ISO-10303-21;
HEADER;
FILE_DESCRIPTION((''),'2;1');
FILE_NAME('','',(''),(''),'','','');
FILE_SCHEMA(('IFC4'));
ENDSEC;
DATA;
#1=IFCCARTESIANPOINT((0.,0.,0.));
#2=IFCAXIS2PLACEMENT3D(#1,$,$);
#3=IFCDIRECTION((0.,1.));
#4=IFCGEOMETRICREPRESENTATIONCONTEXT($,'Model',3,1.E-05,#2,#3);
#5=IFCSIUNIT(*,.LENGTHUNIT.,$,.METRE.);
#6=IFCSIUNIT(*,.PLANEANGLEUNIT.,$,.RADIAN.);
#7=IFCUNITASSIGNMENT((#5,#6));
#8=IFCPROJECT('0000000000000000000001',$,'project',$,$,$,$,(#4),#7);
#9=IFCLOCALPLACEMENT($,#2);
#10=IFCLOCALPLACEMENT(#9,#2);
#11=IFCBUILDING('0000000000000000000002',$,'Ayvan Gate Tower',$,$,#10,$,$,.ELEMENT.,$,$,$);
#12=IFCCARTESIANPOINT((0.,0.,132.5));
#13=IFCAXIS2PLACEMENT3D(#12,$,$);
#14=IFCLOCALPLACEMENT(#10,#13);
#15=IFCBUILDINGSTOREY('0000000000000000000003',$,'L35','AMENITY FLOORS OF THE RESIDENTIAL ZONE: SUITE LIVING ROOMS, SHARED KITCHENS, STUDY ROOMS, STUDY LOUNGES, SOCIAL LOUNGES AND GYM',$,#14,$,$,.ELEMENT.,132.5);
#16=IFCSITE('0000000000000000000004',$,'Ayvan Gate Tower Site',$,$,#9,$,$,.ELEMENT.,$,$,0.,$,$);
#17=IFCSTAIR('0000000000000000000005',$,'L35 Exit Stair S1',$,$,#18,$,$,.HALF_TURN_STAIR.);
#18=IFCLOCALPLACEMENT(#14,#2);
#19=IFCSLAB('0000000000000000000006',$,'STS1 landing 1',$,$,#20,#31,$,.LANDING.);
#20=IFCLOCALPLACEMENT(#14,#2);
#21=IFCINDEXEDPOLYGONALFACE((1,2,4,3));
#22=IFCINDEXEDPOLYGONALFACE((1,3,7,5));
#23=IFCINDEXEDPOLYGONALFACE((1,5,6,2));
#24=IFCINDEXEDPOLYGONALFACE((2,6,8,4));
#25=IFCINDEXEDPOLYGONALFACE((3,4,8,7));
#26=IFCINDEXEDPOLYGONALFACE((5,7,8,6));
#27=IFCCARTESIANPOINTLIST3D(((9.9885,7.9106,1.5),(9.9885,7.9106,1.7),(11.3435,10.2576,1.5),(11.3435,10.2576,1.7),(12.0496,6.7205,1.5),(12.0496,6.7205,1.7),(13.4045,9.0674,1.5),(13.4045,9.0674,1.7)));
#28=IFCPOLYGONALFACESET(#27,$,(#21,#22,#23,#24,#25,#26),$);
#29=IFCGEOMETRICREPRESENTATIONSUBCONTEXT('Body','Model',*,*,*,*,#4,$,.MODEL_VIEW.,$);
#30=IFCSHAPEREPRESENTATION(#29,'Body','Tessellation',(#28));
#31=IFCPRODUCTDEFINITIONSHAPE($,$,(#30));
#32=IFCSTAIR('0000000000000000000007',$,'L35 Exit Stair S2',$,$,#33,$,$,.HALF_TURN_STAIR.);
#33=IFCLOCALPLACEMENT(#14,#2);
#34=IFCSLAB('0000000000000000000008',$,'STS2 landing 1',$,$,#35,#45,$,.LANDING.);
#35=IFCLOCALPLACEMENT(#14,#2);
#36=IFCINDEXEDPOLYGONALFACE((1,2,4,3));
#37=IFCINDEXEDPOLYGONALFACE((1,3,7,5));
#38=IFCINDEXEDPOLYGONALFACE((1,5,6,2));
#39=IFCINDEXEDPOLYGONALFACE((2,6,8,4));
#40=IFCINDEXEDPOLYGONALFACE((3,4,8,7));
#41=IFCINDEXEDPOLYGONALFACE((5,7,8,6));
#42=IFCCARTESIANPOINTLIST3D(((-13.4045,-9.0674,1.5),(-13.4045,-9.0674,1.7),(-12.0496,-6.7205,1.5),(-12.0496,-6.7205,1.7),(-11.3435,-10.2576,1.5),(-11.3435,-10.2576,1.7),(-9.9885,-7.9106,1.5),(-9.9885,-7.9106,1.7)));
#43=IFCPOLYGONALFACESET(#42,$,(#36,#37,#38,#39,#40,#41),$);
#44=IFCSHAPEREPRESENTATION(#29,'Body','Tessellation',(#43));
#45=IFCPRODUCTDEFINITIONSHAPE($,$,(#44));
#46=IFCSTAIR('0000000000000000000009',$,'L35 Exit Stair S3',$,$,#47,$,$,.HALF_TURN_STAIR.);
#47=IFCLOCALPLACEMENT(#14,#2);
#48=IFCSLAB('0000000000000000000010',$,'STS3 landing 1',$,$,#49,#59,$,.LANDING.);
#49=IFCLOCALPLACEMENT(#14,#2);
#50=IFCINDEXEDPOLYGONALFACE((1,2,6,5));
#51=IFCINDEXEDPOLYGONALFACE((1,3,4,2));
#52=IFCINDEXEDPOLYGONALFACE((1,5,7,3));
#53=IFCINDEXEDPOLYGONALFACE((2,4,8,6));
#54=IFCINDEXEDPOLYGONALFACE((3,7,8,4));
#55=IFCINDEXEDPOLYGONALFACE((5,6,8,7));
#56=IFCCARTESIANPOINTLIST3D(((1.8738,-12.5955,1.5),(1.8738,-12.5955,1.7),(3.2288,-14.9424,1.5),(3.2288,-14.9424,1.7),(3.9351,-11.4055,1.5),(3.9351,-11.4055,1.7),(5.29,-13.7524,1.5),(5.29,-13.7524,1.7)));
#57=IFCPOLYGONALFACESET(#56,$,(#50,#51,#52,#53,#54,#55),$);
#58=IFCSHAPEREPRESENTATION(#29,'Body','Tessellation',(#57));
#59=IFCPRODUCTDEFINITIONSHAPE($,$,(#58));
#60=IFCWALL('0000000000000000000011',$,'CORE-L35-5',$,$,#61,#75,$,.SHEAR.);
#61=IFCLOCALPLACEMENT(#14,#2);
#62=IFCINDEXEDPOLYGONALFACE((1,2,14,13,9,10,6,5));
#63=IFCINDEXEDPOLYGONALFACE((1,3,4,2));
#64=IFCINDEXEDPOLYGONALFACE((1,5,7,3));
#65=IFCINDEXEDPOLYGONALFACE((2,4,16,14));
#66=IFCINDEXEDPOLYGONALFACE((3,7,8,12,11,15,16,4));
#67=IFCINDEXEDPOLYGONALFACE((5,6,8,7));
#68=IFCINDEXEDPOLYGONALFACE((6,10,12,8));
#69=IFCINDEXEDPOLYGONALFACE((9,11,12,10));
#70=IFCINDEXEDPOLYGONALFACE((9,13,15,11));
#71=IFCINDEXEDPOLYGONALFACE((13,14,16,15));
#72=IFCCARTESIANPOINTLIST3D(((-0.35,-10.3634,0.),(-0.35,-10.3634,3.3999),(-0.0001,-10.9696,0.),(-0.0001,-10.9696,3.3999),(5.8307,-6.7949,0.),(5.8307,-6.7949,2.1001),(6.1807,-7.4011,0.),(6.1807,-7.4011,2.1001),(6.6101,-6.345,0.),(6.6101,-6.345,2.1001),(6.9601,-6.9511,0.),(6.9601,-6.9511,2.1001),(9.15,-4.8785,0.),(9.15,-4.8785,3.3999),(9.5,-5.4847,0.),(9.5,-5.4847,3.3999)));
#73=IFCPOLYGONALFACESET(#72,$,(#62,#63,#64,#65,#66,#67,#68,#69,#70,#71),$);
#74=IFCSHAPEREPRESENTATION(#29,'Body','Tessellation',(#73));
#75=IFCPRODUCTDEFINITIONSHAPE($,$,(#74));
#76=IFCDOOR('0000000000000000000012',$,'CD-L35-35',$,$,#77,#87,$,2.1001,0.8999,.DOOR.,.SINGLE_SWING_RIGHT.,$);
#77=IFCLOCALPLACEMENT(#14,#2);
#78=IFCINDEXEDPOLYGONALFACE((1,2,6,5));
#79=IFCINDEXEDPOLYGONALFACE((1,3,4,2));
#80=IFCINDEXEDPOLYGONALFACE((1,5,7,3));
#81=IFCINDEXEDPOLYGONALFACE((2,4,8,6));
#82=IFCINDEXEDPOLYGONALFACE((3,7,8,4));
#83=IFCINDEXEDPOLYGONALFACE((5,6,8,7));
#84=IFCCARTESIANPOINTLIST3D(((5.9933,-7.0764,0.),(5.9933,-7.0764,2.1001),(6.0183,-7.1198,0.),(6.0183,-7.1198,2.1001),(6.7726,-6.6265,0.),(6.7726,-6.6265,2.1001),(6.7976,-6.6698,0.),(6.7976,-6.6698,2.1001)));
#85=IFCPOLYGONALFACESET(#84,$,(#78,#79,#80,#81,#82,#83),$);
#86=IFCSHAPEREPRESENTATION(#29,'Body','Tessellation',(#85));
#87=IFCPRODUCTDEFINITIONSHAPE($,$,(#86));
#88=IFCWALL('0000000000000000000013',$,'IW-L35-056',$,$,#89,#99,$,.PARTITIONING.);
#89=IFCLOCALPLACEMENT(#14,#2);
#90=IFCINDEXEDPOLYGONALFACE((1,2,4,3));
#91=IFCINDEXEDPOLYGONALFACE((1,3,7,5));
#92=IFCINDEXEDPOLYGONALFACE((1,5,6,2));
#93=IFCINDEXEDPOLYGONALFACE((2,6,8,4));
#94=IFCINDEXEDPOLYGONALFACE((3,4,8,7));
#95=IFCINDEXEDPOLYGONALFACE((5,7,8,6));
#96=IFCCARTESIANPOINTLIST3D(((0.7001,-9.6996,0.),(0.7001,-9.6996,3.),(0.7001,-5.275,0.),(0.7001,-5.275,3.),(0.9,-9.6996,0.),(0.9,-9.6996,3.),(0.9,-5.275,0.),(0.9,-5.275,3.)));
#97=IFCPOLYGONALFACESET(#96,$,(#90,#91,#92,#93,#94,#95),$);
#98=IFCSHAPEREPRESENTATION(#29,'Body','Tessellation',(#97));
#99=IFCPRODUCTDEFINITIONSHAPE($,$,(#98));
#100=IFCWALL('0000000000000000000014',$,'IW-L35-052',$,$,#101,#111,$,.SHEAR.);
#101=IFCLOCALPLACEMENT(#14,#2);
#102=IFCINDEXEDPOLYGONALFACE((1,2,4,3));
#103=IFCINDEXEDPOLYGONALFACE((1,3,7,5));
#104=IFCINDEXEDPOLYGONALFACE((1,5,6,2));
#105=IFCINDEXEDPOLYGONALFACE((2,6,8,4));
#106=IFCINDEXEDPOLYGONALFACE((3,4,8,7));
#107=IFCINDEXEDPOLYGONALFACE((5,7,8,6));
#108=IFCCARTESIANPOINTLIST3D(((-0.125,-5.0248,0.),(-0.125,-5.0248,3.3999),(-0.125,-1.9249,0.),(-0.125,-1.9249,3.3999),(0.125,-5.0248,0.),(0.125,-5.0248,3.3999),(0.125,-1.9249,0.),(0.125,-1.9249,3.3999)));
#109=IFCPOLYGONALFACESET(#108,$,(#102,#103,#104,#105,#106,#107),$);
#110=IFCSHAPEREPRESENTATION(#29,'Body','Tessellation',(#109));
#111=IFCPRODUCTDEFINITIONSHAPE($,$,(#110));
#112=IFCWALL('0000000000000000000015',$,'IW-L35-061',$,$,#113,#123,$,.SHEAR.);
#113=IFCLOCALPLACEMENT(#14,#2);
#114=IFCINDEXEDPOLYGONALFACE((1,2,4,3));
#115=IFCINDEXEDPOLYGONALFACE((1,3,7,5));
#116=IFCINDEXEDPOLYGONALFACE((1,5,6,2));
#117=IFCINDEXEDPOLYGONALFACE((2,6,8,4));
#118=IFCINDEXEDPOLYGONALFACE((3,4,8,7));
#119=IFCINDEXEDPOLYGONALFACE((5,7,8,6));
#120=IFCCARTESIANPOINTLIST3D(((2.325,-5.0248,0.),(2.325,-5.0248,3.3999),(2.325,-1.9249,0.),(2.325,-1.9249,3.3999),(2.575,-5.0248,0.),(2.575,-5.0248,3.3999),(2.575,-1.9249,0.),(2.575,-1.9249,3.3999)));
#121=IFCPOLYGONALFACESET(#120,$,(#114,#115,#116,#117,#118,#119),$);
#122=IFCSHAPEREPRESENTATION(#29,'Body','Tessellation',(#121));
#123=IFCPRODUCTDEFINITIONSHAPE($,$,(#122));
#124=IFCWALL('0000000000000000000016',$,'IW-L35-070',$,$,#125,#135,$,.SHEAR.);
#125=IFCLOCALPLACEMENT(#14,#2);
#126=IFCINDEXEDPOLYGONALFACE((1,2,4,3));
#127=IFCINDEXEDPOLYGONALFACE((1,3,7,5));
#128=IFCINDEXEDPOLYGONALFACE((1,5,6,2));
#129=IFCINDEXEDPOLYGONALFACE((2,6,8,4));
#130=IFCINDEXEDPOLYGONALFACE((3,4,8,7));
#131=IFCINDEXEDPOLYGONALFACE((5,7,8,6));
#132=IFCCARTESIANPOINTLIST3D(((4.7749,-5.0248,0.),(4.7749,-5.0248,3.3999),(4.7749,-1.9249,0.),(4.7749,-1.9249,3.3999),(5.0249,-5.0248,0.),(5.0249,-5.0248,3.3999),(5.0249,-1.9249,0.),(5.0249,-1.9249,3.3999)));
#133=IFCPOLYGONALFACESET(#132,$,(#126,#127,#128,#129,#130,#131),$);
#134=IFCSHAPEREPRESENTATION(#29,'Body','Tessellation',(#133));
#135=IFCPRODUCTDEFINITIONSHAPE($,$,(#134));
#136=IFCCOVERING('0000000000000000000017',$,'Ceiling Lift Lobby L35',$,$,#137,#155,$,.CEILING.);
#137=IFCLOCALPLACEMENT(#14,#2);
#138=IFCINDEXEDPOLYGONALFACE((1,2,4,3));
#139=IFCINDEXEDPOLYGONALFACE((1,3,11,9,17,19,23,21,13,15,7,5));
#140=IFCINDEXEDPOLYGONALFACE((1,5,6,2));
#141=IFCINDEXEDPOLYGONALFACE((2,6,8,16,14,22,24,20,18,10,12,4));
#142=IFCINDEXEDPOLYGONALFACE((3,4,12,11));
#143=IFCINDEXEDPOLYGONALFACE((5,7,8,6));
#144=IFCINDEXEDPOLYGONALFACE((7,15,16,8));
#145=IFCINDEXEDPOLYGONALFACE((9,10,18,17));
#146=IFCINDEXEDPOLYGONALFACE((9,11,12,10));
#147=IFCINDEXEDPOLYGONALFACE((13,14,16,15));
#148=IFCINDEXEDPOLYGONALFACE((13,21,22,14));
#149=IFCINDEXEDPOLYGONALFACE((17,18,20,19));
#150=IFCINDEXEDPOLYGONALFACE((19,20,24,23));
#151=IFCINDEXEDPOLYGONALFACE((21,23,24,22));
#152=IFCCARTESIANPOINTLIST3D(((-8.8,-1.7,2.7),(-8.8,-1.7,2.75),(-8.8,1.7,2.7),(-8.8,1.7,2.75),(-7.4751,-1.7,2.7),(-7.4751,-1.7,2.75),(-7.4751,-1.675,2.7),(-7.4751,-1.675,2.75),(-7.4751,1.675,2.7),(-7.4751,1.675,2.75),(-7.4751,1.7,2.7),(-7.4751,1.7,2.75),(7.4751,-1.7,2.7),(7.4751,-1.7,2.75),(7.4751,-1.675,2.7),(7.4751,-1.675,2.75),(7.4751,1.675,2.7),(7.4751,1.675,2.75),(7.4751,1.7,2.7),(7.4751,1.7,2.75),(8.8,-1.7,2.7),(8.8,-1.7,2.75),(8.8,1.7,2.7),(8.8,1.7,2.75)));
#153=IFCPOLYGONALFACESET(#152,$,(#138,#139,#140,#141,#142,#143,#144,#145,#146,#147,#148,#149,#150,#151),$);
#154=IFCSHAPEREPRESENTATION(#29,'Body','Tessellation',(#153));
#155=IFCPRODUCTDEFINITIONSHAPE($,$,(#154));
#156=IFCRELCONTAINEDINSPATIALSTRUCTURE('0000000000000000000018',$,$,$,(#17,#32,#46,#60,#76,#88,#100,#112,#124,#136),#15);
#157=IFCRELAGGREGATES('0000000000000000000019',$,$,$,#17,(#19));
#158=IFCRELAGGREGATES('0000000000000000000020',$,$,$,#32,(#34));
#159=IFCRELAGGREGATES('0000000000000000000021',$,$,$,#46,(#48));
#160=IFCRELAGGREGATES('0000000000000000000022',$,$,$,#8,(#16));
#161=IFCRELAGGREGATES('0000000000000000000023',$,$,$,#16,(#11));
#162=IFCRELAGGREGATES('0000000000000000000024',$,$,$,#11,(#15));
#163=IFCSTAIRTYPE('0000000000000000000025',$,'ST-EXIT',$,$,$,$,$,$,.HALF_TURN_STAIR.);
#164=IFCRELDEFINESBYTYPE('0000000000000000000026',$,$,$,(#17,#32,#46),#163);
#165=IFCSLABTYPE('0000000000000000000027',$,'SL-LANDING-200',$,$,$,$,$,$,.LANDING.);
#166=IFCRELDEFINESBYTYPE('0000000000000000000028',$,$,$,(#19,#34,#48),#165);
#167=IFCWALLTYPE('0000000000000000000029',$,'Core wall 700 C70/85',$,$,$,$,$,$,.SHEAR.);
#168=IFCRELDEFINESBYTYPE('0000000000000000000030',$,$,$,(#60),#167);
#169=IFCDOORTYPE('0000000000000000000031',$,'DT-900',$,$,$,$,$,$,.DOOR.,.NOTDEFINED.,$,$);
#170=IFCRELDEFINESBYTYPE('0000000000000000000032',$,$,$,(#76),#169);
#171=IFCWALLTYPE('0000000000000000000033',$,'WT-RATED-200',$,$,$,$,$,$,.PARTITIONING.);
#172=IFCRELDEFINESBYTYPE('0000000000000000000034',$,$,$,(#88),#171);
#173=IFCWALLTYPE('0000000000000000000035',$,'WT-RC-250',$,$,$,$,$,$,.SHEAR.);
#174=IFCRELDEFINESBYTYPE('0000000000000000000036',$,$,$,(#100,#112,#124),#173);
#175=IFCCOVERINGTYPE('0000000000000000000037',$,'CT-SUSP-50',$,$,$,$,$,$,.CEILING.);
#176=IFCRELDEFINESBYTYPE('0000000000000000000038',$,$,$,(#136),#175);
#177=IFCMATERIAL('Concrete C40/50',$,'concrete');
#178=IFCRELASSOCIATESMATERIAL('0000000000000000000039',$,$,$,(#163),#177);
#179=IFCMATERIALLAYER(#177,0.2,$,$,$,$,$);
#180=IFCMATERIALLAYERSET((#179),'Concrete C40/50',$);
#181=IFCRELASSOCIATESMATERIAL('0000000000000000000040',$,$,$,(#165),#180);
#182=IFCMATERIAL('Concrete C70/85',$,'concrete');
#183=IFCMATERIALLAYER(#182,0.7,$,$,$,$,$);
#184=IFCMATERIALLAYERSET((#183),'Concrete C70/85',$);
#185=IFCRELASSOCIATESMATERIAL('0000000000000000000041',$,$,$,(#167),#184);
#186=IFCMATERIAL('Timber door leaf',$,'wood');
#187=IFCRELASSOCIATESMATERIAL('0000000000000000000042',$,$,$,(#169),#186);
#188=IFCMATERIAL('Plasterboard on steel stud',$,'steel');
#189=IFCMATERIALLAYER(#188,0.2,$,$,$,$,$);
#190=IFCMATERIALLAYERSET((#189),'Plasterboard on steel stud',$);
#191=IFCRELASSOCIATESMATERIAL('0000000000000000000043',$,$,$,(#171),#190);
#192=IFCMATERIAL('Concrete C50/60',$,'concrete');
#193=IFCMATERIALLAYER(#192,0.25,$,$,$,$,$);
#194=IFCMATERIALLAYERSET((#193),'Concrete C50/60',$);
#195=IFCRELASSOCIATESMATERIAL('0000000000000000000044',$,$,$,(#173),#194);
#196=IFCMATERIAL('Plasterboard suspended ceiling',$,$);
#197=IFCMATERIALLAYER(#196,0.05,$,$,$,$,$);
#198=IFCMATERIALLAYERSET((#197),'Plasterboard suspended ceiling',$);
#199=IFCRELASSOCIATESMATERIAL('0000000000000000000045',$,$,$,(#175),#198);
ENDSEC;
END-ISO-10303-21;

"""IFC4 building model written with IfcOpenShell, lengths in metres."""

from ifc_helpers import new_model, si_unit, direction, frame, frame_2d, origin, place, context, subcontext, project, spatial, polyline, rectangle, outline, extrude, material, layer, layer_set, type_object, element, fill, aggregate, save


model = new_model("IFC4")

# Units and contexts
model_context = context("Model", 3, precision=1e-05, world=origin(), true_north=direction((0.0, 1.0)))
body_context = subcontext(model_context, "Body", "Model", "MODEL_VIEW")
ifc_project = project(units=[si_unit("LENGTHUNIT", "METRE"), si_unit("PLANEANGLEUNIT", "RADIAN")], contexts=[model_context])

# Site, building, storey
site_placement = place(None, origin())
site = spatial("IfcSite", under=ifc_project, at=site_placement, Name="Ayvan Gate Tower Site", CompositionType="ELEMENT", RefElevation=0.0)
building_placement = place(site_placement, origin())
building = spatial("IfcBuilding", under=site, at=building_placement, Name="Ayvan Gate Tower", CompositionType="ELEMENT")
storey_placement = place(building_placement, frame((0.0, 0.0, 132.5)))
storey = spatial("IfcBuildingStorey", under=building, at=storey_placement, Name="L35", Description="AMENITY FLOORS OF THE RESIDENTIAL ZONE: SUITE LIVING ROOMS, SHARED KITCHENS, STUDY ROOMS, STUDY LOUNGES, SOCIAL LOUNGES AND GYM", CompositionType="ELEMENT", Elevation=132.5)

# Shared definitions
ifc_material_1 = material(Name="Concrete C40/50", Category="concrete")

# Stairs, slabs
stair_type = type_object("IfcStairType", Name="ST-EXIT", PredefinedType="HALF_TURN_STAIR", material=ifc_material_1)
stair_1_placement = place(storey_placement, origin())
stair_1 = element("IfcStair", 1, at=stair_1_placement, inside=storey, type_object=stair_type, Name="L35 Exit Stair S1", PredefinedType="HALF_TURN_STAIR")
ifc_layer_1 = layer(ifc_material_1, 0.2)
ifc_layer_set_1 = layer_set([ifc_layer_1], Name="Concrete C40/50")
slab_type_1 = type_object("IfcSlabType", Name="SL-LANDING-200", PredefinedType="LANDING", material=ifc_layer_set_1)
slab_1_placement = place(storey_placement, frame((0.0, 0.0, 1.5)))
slab_1 = element("IfcSlab", 2, at=slab_1_placement, type_object=slab_type_1, Name="STS1 landing 1", PredefinedType="LANDING", context=body_context, shape_type="SweptSolid", body=[
    extrude(outline(polyline([(9.9885, 7.9106), (12.0496, 6.7205), (13.4045, 9.0674), (11.3435, 10.2576), (9.9885, 7.9106)])), origin(), (0.0, 0.0, 1.0), 0.2),
])
aggregate(stair_1, [slab_1])
stair_2_placement = place(storey_placement, origin())
stair_2 = element("IfcStair", 3, at=stair_2_placement, inside=storey, type_object=stair_type, Name="L35 Exit Stair S2", PredefinedType="HALF_TURN_STAIR")
slab_2_placement = place(storey_placement, frame((0.0, 0.0, 1.5)))
slab_2 = element("IfcSlab", 4, at=slab_2_placement, type_object=slab_type_1, Name="STS2 landing 1", PredefinedType="LANDING", context=body_context, shape_type="SweptSolid", body=[
    extrude(outline(polyline([(-9.9885, -7.9106), (-12.0496, -6.7205), (-13.4045, -9.0674), (-11.3435, -10.2576), (-9.9885, -7.9106)])), origin(), (0.0, 0.0, 1.0), 0.2),
])
aggregate(stair_2, [slab_2])
stair_3_placement = place(storey_placement, origin())
stair_3 = element("IfcStair", 5, at=stair_3_placement, inside=storey, type_object=stair_type, Name="L35 Exit Stair S3", PredefinedType="HALF_TURN_STAIR")
slab_3_placement = place(storey_placement, frame((0.0, 0.0, 1.5)))
slab_3 = element("IfcSlab", 6, at=slab_3_placement, type_object=slab_type_1, Name="STS3 landing 1", PredefinedType="LANDING", context=body_context, shape_type="SweptSolid", body=[
    extrude(outline(polyline([(3.9351, -11.4055), (1.8738, -12.5955), (3.2288, -14.9424), (5.29, -13.7524), (3.9351, -11.4055)])), origin(), (0.0, 0.0, 1.0), 0.2),
])
aggregate(stair_3, [slab_3])

# Wall, opening, door
ifc_material_2 = material(Name="Concrete C70/85", Category="concrete")
ifc_layer_2 = layer(ifc_material_2, 0.7)
ifc_layer_set_2 = layer_set([ifc_layer_2], Name="Concrete C70/85")
wall_type_1 = type_object("IfcWallType", Name="Core wall 700 C70/85", PredefinedType="SHEAR", material=ifc_layer_set_2)
wall_1_placement = place(storey_placement, frame((-0.175, -10.6665, 0.0), z_axis=(0.0, 0.0, 1.0), x_axis=(0.866024, 0.500002, 0.0)))
wall_1 = element("IfcWall", 7, at=wall_1_placement, inside=storey, type_object=wall_type_1, Name="CORE-L35-5", PredefinedType="SHEAR", context=body_context, shape_type="SweptSolid", body=[
    extrude(rectangle(XDim=10.9697, YDim=0.7, at=frame_2d((5.4849, 0.0))), origin(), (0.0, 0.0, 1.0), 3.3999),
])
opening_placement = place(wall_1_placement, frame((7.137, 0.0, 0.0)))
opening = element("IfcOpeningElement", 8, at=opening_placement, cuts=wall_1, PredefinedType="OPENING", context=body_context, shape_type="SweptSolid", body=[
    extrude(rectangle(XDim=0.8999, YDim=2.1001, at=frame_2d((0.45, 1.05))), frame((0.0, 0.3599, 0.0), z_axis=(0.0, -1.0, 0.0), x_axis=(1.0, 0.0, 0.0)), (0.0, 0.0, 1.0), 0.72),
])
ifc_material_3 = material(Name="Timber door leaf", Category="wood")
door_type = type_object("IfcDoorType", Name="DT-900", OperationType="NOTDEFINED", PredefinedType="DOOR", material=ifc_material_3)
door_placement = place(opening_placement, origin())
door = element("IfcDoor", 9, at=door_placement, inside=storey, type_object=door_type, Name="CD-L35-35", OperationType="SINGLE_SWING_RIGHT", OverallHeight=2.1001, OverallWidth=0.8999, PredefinedType="DOOR", context=body_context, shape_type="SweptSolid", body=[
    extrude(rectangle(XDim=0.8999, YDim=2.1001, at=frame_2d((0.45, 1.05))), frame((0.0, 0.0249, 0.0), z_axis=(0.0, -1.0, 0.0), x_axis=(1.0, 0.0, 0.0)), (0.0, 0.0, 1.0), 0.05),
])
fill(opening, door)

# Walls
ifc_material_4 = material(Name="Plasterboard on steel stud", Category="steel")
ifc_layer_3 = layer(ifc_material_4, 0.2)
ifc_layer_set_3 = layer_set([ifc_layer_3], Name="Plasterboard on steel stud")
wall_type_2 = type_object("IfcWallType", Name="WT-RATED-200", PredefinedType="PARTITIONING", material=ifc_layer_set_3)
wall_2_placement = place(storey_placement, frame((0.8, -5.2749, 0.0), z_axis=(0.0, 0.0, 1.0), x_axis=(0.0, -1.0, 0.0)))
element("IfcWall", 10, at=wall_2_placement, inside=storey, type_object=wall_type_2, Name="IW-L35-056", PredefinedType="PARTITIONING", context=body_context, shape_type="SweptSolid", body=[
    extrude(rectangle(XDim=4.4246, YDim=0.2, at=frame_2d((2.2124, 0.0))), origin(), (0.0, 0.0, 1.0), 3.0),
])
ifc_material_5 = material(Name="Concrete C50/60", Category="concrete")
ifc_layer_4 = layer(ifc_material_5, 0.25)
ifc_layer_set_4 = layer_set([ifc_layer_4], Name="Concrete C50/60")
wall_type_3 = type_object("IfcWallType", Name="WT-RC-250", PredefinedType="SHEAR", material=ifc_layer_set_4)
for number, where, z_axis, x_axis, name in (
    (11, (0.0, -1.925, 0.0), (0.0, 0.0, 1.0), (0.0, -1.0, 0.0), "IW-L35-052"),
    (12, (2.45, -1.925, 0.0), (0.0, 0.0, 1.0), (0.0, -1.0, 0.0), "IW-L35-061"),
    (13, (4.8999, -1.925, 0.0), (0.0, 0.0, 1.0), (0.0, -1.0, 0.0), "IW-L35-070"),
):
    element("IfcWall", number, at=place(storey_placement, frame(where, z_axis=z_axis, x_axis=x_axis)), inside=storey, type_object=wall_type_3, Name=name, PredefinedType="SHEAR", context=body_context, shape_type="SweptSolid", body=[
        extrude(rectangle(XDim=3.0999, YDim=0.25, at=frame_2d((1.5498, 0.0))), origin(), (0.0, 0.0, 1.0), 3.3999),
    ])

# Covering
ifc_material_6 = material(Name="Plasterboard suspended ceiling")
ifc_layer_5 = layer(ifc_material_6, 0.05)
ifc_layer_set_5 = layer_set([ifc_layer_5], Name="Plasterboard suspended ceiling")
covering_type = type_object("IfcCoveringType", Name="CT-SUSP-50", PredefinedType="CEILING", material=ifc_layer_set_5)
covering_1_placement = place(storey_placement, frame((0.0, 0.0, 2.7)))
element("IfcCovering", 14, at=covering_1_placement, inside=storey, type_object=covering_type, Name="Ceiling Lift Lobby L35", PredefinedType="CEILING", context=body_context, shape_type="SweptSolid", body=[
    extrude(outline(polyline([(7.4751, -1.675), (-7.4751, -1.675), (-7.4751, -1.7), (-8.8, -1.7), (-8.8, 1.7), (-7.4751, 1.7), (-7.4751, 1.675), (7.4751, 1.675), (7.4751, 1.7), (8.8, 1.7), (8.8, -1.7), (7.4751, -1.7), (7.4751, -1.675)])), origin(), (0.0, 0.0, 1.0), 0.05),
])

save(model, "model.ifc")
